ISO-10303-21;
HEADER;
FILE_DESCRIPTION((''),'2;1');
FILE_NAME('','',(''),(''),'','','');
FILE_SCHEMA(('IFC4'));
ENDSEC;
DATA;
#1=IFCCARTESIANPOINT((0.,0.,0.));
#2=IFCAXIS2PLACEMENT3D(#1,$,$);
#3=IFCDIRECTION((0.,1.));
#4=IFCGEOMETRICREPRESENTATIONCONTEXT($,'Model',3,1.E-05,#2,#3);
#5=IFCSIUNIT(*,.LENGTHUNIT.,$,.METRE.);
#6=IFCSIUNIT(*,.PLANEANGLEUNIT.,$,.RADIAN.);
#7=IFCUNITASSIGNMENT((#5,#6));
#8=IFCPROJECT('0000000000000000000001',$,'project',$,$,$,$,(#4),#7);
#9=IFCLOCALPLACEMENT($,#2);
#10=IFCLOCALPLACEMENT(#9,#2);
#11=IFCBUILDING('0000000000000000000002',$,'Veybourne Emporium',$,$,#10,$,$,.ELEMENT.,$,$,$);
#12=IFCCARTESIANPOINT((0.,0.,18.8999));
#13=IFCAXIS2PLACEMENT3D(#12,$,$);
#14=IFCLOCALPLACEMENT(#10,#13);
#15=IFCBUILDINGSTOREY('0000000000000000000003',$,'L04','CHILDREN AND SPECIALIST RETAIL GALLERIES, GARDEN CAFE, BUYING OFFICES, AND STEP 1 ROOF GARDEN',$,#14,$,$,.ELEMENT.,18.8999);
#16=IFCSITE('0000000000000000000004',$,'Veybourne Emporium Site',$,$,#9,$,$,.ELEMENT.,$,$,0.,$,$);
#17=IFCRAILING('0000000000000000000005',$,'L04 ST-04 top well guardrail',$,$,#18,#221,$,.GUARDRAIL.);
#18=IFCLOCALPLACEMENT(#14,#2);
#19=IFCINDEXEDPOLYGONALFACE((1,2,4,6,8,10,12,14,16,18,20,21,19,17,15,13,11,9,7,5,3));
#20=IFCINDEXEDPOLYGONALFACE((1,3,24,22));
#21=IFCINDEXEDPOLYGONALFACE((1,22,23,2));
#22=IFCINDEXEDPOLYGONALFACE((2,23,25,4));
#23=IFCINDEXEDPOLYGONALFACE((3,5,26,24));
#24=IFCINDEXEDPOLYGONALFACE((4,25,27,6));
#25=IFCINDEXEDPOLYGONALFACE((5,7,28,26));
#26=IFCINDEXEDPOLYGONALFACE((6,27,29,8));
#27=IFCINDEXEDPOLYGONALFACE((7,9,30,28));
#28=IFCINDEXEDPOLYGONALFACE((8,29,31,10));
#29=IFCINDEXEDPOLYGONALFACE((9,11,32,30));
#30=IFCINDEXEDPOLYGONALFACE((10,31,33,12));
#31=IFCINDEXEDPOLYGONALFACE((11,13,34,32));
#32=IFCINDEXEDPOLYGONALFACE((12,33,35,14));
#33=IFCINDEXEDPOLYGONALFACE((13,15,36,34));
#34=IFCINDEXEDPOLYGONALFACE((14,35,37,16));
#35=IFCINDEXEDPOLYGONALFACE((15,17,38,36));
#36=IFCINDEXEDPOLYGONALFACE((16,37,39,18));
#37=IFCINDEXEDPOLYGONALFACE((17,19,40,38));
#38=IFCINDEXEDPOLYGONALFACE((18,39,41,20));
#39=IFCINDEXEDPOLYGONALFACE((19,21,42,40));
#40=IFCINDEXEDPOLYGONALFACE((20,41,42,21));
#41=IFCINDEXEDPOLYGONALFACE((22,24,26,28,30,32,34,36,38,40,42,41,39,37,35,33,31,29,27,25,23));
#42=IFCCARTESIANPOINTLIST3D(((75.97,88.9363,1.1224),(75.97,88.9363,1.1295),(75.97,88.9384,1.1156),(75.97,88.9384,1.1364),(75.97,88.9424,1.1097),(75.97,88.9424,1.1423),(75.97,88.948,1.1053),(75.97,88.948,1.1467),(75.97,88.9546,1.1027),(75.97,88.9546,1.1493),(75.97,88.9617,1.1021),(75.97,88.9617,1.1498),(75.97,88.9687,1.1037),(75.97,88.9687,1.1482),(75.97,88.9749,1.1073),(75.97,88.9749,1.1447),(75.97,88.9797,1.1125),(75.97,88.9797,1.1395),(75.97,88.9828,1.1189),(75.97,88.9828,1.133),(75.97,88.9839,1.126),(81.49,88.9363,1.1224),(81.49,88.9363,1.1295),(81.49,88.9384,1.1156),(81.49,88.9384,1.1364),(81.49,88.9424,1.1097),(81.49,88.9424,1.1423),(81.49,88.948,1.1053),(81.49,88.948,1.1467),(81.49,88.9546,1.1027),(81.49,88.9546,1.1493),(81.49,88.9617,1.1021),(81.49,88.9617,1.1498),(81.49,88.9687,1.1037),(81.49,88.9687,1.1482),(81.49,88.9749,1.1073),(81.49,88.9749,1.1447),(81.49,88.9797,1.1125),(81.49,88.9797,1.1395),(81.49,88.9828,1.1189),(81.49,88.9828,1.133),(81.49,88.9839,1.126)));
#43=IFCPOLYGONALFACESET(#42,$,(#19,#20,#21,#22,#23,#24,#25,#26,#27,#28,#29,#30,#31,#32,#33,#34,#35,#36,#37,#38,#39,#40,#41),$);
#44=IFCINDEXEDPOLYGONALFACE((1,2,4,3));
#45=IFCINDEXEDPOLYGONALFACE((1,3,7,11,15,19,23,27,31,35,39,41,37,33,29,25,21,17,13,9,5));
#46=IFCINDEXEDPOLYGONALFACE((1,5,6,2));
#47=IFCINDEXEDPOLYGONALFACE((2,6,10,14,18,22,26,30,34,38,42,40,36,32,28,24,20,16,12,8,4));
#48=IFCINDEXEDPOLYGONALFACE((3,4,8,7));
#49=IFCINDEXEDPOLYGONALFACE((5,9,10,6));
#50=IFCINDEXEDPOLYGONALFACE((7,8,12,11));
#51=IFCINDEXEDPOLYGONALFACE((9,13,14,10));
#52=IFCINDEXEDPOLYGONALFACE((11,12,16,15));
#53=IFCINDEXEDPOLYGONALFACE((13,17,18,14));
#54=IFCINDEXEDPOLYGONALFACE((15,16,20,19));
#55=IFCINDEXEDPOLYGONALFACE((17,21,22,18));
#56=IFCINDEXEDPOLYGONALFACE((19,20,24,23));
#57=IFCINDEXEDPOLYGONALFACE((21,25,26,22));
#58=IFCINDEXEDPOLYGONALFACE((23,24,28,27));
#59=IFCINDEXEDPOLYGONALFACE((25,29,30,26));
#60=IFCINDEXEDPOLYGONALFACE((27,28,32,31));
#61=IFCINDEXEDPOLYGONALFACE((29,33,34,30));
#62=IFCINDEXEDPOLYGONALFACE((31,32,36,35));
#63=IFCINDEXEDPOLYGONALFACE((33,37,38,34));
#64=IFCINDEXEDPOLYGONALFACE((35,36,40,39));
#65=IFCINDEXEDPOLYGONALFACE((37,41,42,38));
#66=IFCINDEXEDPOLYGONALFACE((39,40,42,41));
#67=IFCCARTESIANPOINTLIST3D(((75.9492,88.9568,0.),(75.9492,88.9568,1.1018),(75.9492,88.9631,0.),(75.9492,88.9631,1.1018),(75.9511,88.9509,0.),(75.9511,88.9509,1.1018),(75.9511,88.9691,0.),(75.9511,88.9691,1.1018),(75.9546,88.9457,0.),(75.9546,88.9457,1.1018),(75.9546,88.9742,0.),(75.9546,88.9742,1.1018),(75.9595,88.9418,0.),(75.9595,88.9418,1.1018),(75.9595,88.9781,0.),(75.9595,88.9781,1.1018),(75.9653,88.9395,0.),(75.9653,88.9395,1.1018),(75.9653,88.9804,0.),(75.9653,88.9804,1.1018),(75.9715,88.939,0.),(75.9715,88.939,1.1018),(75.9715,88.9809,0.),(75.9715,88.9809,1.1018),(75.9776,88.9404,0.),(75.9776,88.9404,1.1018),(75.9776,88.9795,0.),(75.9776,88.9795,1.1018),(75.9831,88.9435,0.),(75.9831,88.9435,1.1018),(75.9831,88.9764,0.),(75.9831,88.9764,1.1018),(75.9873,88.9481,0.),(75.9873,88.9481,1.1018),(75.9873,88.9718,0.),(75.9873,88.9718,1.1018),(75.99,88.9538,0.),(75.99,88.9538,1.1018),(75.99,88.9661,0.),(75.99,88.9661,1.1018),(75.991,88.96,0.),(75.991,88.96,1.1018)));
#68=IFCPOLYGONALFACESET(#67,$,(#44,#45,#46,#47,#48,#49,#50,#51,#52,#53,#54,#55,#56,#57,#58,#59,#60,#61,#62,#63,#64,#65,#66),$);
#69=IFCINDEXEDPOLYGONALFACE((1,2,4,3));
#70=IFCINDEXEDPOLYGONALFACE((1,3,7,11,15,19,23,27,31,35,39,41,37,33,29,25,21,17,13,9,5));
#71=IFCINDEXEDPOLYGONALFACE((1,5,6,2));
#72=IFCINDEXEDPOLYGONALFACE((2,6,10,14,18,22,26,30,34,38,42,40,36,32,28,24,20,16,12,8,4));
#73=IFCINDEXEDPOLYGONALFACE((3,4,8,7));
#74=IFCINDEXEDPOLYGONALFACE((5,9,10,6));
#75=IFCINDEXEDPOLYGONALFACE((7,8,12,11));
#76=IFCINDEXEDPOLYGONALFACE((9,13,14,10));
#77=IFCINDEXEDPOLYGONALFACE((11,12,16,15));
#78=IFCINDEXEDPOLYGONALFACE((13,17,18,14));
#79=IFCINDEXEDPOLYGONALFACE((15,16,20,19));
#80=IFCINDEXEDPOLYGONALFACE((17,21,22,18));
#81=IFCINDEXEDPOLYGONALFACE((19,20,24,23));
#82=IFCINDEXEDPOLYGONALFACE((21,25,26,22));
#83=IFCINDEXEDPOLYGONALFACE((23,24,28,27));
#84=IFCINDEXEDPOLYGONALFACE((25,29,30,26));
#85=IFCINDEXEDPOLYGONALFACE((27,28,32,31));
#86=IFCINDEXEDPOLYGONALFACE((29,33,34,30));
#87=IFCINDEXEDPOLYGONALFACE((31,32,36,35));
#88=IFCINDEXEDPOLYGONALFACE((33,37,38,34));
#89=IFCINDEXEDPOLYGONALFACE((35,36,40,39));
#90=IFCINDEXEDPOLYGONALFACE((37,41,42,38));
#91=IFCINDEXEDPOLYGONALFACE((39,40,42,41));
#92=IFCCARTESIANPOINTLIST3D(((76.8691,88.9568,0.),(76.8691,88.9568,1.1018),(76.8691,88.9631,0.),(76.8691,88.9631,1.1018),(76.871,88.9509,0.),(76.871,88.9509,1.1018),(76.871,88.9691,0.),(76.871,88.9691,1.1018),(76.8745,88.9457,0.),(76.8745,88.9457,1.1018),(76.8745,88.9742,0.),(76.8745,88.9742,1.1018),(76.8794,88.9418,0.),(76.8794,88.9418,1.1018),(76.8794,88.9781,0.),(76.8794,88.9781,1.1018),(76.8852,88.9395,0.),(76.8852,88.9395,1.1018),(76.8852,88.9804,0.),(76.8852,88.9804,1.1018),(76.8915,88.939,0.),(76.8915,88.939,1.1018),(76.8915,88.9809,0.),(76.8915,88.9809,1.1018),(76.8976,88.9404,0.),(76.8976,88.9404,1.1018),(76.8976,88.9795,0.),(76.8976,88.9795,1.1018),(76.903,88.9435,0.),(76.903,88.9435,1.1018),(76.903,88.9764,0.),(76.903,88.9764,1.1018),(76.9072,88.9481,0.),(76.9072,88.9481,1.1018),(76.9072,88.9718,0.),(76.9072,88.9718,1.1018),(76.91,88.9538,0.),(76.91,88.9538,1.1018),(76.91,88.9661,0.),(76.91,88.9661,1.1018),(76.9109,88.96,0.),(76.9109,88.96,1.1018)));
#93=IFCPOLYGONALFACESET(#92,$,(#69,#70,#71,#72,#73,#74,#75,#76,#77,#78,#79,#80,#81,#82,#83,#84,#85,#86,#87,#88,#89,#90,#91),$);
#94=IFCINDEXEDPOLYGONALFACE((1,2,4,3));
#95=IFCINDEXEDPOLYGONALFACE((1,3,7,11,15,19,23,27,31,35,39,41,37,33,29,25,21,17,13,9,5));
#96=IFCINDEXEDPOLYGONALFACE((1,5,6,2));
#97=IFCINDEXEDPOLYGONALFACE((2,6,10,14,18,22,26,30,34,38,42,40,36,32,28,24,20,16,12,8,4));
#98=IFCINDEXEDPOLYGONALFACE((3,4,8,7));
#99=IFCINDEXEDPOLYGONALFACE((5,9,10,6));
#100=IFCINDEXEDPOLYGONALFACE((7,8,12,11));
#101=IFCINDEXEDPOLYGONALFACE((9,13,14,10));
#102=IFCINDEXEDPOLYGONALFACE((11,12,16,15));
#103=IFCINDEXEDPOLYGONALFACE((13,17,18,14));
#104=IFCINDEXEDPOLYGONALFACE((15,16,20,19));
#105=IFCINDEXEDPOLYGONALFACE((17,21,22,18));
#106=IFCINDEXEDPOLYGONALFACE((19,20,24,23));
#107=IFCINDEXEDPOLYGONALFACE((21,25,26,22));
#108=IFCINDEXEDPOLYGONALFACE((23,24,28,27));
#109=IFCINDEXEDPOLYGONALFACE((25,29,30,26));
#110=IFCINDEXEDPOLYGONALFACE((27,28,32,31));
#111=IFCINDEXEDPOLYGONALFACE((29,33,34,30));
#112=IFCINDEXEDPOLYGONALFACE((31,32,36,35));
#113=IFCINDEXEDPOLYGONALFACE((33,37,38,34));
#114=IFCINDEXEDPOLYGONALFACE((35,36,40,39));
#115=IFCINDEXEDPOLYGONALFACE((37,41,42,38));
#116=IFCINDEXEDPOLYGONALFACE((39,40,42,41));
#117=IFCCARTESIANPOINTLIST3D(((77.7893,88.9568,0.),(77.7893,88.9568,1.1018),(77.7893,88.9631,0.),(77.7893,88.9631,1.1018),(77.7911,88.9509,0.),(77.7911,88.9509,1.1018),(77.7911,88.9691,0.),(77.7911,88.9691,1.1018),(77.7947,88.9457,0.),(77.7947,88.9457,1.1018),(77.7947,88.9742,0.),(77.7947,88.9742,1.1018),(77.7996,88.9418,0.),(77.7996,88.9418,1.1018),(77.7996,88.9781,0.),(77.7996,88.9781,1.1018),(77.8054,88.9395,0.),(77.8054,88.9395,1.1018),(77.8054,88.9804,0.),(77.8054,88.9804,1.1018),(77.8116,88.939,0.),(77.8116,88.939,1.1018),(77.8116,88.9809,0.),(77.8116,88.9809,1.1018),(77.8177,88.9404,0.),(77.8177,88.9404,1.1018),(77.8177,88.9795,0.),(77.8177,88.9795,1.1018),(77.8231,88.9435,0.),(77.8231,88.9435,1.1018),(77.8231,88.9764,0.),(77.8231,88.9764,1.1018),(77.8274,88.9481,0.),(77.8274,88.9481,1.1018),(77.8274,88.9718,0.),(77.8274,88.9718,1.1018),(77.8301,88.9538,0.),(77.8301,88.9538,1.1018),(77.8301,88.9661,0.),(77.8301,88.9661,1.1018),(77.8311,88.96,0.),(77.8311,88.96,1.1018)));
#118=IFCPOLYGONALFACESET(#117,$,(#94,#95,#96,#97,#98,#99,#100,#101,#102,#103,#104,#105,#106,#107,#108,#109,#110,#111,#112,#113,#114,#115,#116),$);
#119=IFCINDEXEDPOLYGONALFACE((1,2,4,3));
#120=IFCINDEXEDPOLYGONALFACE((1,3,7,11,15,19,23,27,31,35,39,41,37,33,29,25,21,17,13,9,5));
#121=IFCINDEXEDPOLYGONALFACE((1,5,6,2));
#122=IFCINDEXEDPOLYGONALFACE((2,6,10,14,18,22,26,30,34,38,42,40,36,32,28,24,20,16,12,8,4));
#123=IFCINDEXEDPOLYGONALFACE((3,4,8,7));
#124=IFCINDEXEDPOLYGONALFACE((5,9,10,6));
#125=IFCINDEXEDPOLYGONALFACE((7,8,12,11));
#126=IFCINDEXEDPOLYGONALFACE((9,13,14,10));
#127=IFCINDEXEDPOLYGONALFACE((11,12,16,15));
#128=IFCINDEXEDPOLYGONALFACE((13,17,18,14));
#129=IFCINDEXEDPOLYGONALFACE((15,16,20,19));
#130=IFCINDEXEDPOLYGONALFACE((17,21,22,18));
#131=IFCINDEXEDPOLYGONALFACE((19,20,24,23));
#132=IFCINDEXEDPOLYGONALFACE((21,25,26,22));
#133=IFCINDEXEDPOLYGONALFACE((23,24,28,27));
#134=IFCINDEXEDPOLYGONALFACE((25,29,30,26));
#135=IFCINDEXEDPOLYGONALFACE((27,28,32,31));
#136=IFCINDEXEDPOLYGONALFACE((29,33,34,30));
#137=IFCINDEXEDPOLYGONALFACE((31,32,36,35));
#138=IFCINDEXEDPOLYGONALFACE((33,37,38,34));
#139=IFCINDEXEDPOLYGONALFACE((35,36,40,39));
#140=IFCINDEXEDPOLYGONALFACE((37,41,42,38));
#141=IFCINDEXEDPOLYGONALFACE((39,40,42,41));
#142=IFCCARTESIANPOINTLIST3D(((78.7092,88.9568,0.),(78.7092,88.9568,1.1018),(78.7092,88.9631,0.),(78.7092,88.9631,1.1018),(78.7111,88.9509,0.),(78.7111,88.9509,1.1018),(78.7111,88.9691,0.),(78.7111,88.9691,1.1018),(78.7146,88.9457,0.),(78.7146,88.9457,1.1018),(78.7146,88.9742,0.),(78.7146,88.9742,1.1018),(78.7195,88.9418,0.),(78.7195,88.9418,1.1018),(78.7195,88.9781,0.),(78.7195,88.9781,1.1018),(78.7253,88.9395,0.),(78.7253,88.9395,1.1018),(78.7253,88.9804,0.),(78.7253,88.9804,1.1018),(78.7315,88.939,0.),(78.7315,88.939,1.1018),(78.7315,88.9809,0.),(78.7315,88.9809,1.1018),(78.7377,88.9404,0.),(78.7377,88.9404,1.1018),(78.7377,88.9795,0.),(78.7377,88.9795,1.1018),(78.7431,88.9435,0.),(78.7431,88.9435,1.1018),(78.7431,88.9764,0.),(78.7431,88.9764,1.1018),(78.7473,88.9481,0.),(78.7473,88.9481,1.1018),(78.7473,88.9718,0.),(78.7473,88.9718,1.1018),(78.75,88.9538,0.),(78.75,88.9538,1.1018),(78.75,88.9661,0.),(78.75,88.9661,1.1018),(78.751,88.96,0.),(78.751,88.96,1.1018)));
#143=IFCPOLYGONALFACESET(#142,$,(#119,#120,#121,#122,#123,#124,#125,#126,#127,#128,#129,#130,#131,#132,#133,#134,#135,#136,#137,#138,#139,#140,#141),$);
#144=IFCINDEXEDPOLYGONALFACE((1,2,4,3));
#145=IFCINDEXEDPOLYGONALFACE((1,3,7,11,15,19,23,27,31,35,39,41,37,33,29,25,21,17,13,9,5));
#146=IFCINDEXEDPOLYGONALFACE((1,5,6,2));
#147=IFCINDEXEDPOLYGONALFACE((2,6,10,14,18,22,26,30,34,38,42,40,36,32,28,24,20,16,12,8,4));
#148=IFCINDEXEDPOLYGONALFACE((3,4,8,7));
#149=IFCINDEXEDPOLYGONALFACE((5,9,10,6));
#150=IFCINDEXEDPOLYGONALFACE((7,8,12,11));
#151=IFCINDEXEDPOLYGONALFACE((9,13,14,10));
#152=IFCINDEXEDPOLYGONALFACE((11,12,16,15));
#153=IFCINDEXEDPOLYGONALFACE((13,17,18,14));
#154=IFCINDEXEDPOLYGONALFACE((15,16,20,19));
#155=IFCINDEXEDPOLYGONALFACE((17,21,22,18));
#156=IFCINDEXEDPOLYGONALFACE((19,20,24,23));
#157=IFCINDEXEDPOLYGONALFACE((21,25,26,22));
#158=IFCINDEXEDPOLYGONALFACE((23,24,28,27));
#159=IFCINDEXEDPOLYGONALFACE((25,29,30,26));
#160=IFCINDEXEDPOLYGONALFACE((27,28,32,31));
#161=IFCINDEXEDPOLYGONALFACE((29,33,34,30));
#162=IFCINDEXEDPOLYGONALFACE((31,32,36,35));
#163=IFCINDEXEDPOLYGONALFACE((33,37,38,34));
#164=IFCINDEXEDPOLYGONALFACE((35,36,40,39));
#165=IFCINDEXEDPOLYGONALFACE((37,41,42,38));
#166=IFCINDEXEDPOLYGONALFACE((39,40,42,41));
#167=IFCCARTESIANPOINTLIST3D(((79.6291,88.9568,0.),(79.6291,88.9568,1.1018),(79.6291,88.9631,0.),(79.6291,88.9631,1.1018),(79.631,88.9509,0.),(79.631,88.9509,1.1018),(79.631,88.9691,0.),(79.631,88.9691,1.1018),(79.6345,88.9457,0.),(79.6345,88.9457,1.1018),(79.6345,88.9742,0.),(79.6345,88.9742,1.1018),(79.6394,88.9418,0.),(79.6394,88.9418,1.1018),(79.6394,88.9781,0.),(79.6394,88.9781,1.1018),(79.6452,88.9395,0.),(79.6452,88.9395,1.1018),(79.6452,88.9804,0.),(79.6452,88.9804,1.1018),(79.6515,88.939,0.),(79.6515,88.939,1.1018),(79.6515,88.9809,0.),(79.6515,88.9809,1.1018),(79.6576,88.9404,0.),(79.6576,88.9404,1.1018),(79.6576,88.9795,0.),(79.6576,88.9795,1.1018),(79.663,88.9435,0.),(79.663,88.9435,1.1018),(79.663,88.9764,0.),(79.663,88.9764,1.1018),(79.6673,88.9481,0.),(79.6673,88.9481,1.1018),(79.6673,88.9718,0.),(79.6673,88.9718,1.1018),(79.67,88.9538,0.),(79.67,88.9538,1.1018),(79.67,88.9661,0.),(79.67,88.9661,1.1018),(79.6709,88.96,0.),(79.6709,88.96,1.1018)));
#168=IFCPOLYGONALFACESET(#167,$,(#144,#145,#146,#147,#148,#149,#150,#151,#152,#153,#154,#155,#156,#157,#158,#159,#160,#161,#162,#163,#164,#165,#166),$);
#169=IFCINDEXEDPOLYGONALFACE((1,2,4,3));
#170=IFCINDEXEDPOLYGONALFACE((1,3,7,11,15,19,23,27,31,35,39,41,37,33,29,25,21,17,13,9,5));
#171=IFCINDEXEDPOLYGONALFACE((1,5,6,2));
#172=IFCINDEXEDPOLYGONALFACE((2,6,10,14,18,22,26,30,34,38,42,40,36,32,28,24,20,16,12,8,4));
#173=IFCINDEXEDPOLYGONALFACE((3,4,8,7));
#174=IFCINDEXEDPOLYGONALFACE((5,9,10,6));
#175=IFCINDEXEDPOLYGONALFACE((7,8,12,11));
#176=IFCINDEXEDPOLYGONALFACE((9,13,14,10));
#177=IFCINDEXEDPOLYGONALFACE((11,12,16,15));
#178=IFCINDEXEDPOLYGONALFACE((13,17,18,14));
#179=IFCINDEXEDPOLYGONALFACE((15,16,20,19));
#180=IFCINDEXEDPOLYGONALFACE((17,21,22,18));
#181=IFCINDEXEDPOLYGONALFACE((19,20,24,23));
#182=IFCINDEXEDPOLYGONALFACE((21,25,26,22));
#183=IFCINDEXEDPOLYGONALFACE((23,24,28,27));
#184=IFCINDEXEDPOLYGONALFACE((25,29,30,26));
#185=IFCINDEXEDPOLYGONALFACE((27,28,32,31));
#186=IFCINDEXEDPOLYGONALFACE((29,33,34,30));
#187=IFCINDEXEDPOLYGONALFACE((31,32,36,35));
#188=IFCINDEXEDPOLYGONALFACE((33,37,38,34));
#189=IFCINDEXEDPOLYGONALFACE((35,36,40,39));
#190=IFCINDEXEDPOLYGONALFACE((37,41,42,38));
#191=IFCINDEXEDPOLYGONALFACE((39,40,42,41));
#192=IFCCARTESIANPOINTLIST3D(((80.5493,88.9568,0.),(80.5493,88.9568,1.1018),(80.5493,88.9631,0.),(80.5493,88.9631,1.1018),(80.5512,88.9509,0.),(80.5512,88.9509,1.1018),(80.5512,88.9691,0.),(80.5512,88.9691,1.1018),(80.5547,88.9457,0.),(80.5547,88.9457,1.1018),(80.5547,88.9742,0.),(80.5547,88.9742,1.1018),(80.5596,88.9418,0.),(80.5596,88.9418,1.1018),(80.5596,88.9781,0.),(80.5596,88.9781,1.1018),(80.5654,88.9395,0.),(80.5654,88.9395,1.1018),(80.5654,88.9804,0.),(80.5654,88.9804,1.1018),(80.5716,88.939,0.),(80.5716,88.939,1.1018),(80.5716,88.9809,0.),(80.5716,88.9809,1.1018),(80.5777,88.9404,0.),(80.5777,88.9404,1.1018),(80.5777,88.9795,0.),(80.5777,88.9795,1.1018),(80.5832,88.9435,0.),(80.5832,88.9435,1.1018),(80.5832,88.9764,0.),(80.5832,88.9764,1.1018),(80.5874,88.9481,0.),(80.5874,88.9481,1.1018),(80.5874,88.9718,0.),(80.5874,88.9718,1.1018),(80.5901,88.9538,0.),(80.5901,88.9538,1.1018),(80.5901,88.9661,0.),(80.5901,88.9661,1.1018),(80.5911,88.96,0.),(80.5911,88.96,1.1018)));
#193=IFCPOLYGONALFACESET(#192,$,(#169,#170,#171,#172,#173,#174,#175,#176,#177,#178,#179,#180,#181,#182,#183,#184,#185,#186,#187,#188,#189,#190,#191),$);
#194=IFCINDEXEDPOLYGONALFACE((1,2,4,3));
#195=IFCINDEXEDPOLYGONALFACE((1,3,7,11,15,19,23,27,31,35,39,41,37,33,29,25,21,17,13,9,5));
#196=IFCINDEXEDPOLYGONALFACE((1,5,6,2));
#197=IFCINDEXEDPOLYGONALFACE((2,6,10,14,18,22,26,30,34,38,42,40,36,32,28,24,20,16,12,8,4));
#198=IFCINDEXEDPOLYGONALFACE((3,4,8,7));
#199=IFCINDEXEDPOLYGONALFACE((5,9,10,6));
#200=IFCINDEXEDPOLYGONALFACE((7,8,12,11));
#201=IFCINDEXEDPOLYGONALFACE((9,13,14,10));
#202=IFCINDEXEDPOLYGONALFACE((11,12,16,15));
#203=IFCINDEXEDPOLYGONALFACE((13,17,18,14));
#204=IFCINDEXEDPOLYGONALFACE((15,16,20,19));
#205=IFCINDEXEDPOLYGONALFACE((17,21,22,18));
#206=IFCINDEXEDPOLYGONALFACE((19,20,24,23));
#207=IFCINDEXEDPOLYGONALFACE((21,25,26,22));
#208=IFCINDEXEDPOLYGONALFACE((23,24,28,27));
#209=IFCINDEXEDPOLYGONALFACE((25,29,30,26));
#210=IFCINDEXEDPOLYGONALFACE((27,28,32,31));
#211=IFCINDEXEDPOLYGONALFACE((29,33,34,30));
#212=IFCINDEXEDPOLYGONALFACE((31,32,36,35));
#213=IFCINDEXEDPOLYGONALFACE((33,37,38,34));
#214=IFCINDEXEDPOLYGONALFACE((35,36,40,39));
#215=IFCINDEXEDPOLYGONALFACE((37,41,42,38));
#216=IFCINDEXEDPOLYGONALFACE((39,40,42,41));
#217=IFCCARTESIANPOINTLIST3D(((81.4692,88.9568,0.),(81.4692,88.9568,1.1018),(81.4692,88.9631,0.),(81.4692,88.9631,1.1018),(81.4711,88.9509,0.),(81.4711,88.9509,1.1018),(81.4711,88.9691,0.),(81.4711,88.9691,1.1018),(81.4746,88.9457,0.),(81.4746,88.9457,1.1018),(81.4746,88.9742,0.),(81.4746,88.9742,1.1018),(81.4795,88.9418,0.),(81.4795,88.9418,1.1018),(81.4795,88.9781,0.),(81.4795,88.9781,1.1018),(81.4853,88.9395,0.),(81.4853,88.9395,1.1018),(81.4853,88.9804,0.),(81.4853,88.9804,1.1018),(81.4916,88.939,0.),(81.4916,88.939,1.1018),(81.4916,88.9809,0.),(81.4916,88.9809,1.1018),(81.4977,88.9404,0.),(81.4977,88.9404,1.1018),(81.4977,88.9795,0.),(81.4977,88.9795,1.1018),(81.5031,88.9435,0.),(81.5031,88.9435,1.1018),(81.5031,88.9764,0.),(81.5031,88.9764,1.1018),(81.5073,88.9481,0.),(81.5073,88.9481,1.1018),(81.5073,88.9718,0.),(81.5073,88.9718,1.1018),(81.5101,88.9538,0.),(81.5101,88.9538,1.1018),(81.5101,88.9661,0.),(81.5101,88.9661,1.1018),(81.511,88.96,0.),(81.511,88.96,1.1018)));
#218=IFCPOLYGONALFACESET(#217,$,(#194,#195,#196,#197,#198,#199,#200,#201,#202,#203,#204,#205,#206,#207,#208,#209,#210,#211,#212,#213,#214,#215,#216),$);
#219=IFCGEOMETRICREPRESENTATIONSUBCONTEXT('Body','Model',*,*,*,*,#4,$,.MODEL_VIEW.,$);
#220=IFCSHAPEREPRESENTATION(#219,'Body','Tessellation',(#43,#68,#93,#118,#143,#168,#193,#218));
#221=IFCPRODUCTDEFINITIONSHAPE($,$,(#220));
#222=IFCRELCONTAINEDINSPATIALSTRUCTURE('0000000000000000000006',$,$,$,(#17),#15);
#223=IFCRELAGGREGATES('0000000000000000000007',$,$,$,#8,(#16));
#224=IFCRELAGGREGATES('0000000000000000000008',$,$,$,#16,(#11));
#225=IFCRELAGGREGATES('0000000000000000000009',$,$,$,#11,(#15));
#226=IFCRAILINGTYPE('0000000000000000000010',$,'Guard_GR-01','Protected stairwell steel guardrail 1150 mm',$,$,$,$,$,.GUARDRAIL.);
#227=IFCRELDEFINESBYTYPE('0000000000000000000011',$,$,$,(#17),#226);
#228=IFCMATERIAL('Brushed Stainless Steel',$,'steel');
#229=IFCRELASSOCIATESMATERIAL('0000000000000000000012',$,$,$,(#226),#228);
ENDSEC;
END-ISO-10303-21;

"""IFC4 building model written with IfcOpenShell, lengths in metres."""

from ifc_helpers import new_model, si_unit, direction, frame, origin, origin_2d, place, context, subcontext, project, spatial, circle, extrude, material, type_object, element, save


model = new_model("IFC4")

# Units and contexts
model_context = context("Model", 3, precision=1e-05, world=origin(), true_north=direction((0.0, 1.0)))
body_context = subcontext(model_context, "Body", "Model", "MODEL_VIEW")
ifc_project = project(units=[si_unit("LENGTHUNIT", "METRE"), si_unit("PLANEANGLEUNIT", "RADIAN")], contexts=[model_context])

# Site, building, storey
site_placement = place(None, origin())
site = spatial("IfcSite", under=ifc_project, at=site_placement, Name="Veybourne Emporium Site", CompositionType="ELEMENT", RefElevation=0.0)
building_placement = place(site_placement, origin())
building = spatial("IfcBuilding", under=site, at=building_placement, Name="Veybourne Emporium", CompositionType="ELEMENT")
storey_placement = place(building_placement, frame((0.0, 0.0, 18.8999)))
storey = spatial("IfcBuildingStorey", under=building, at=storey_placement, Name="L04", Description="CHILDREN AND SPECIALIST RETAIL GALLERIES, GARDEN CAFE, BUYING OFFICES, AND STEP 1 ROOF GARDEN", CompositionType="ELEMENT", Elevation=18.8999)

# Railing
ifc_material_1 = material(Name="Brushed Stainless Steel", Category="steel")
railing_type = type_object("IfcRailingType", Name="Guard_GR-01", Description="Protected stairwell steel guardrail 1150 mm", PredefinedType="GUARDRAIL", material=ifc_material_1)
railing_placement = place(storey_placement, frame((75.97, 88.96, 0.0)))
element("IfcRailing", 1, at=railing_placement, inside=storey, type_object=railing_type, Name="L04 ST-04 top well guardrail", PredefinedType="GUARDRAIL", context=body_context, shape_type="SweptSolid", body=[
    extrude(circle(Radius=0.0239, at=origin_2d()), frame((0.0, 0.0, 1.126), z_axis=(1.0, 0.0, 0.0), x_axis=(0.0, 1.0, 0.0)), (0.0, 0.0, 1.0), 5.52),
    extrude(circle(Radius=0.021, at=origin_2d()), origin(), (0.0, 0.0, 1.0), 1.1018),
    extrude(circle(Radius=0.021, at=origin_2d()), frame((0.9199, 0.0, 0.0)), (0.0, 0.0, 1.0), 1.1018),
    extrude(circle(Radius=0.021, at=origin_2d()), frame((1.8401, 0.0, 0.0)), (0.0, 0.0, 1.0), 1.1018),
    extrude(circle(Radius=0.021, at=origin_2d()), frame((2.76, 0.0, 0.0)), (0.0, 0.0, 1.0), 1.1018),
    extrude(circle(Radius=0.021, at=origin_2d()), frame((3.6799, 0.0, 0.0)), (0.0, 0.0, 1.0), 1.1018),
    extrude(circle(Radius=0.021, at=origin_2d()), frame((4.6001, 0.0, 0.0)), (0.0, 0.0, 1.0), 1.1018),
    extrude(circle(Radius=0.021, at=origin_2d()), frame((5.52, 0.0, 0.0)), (0.0, 0.0, 1.0), 1.1018),
])

save(model, "model.ifc")
